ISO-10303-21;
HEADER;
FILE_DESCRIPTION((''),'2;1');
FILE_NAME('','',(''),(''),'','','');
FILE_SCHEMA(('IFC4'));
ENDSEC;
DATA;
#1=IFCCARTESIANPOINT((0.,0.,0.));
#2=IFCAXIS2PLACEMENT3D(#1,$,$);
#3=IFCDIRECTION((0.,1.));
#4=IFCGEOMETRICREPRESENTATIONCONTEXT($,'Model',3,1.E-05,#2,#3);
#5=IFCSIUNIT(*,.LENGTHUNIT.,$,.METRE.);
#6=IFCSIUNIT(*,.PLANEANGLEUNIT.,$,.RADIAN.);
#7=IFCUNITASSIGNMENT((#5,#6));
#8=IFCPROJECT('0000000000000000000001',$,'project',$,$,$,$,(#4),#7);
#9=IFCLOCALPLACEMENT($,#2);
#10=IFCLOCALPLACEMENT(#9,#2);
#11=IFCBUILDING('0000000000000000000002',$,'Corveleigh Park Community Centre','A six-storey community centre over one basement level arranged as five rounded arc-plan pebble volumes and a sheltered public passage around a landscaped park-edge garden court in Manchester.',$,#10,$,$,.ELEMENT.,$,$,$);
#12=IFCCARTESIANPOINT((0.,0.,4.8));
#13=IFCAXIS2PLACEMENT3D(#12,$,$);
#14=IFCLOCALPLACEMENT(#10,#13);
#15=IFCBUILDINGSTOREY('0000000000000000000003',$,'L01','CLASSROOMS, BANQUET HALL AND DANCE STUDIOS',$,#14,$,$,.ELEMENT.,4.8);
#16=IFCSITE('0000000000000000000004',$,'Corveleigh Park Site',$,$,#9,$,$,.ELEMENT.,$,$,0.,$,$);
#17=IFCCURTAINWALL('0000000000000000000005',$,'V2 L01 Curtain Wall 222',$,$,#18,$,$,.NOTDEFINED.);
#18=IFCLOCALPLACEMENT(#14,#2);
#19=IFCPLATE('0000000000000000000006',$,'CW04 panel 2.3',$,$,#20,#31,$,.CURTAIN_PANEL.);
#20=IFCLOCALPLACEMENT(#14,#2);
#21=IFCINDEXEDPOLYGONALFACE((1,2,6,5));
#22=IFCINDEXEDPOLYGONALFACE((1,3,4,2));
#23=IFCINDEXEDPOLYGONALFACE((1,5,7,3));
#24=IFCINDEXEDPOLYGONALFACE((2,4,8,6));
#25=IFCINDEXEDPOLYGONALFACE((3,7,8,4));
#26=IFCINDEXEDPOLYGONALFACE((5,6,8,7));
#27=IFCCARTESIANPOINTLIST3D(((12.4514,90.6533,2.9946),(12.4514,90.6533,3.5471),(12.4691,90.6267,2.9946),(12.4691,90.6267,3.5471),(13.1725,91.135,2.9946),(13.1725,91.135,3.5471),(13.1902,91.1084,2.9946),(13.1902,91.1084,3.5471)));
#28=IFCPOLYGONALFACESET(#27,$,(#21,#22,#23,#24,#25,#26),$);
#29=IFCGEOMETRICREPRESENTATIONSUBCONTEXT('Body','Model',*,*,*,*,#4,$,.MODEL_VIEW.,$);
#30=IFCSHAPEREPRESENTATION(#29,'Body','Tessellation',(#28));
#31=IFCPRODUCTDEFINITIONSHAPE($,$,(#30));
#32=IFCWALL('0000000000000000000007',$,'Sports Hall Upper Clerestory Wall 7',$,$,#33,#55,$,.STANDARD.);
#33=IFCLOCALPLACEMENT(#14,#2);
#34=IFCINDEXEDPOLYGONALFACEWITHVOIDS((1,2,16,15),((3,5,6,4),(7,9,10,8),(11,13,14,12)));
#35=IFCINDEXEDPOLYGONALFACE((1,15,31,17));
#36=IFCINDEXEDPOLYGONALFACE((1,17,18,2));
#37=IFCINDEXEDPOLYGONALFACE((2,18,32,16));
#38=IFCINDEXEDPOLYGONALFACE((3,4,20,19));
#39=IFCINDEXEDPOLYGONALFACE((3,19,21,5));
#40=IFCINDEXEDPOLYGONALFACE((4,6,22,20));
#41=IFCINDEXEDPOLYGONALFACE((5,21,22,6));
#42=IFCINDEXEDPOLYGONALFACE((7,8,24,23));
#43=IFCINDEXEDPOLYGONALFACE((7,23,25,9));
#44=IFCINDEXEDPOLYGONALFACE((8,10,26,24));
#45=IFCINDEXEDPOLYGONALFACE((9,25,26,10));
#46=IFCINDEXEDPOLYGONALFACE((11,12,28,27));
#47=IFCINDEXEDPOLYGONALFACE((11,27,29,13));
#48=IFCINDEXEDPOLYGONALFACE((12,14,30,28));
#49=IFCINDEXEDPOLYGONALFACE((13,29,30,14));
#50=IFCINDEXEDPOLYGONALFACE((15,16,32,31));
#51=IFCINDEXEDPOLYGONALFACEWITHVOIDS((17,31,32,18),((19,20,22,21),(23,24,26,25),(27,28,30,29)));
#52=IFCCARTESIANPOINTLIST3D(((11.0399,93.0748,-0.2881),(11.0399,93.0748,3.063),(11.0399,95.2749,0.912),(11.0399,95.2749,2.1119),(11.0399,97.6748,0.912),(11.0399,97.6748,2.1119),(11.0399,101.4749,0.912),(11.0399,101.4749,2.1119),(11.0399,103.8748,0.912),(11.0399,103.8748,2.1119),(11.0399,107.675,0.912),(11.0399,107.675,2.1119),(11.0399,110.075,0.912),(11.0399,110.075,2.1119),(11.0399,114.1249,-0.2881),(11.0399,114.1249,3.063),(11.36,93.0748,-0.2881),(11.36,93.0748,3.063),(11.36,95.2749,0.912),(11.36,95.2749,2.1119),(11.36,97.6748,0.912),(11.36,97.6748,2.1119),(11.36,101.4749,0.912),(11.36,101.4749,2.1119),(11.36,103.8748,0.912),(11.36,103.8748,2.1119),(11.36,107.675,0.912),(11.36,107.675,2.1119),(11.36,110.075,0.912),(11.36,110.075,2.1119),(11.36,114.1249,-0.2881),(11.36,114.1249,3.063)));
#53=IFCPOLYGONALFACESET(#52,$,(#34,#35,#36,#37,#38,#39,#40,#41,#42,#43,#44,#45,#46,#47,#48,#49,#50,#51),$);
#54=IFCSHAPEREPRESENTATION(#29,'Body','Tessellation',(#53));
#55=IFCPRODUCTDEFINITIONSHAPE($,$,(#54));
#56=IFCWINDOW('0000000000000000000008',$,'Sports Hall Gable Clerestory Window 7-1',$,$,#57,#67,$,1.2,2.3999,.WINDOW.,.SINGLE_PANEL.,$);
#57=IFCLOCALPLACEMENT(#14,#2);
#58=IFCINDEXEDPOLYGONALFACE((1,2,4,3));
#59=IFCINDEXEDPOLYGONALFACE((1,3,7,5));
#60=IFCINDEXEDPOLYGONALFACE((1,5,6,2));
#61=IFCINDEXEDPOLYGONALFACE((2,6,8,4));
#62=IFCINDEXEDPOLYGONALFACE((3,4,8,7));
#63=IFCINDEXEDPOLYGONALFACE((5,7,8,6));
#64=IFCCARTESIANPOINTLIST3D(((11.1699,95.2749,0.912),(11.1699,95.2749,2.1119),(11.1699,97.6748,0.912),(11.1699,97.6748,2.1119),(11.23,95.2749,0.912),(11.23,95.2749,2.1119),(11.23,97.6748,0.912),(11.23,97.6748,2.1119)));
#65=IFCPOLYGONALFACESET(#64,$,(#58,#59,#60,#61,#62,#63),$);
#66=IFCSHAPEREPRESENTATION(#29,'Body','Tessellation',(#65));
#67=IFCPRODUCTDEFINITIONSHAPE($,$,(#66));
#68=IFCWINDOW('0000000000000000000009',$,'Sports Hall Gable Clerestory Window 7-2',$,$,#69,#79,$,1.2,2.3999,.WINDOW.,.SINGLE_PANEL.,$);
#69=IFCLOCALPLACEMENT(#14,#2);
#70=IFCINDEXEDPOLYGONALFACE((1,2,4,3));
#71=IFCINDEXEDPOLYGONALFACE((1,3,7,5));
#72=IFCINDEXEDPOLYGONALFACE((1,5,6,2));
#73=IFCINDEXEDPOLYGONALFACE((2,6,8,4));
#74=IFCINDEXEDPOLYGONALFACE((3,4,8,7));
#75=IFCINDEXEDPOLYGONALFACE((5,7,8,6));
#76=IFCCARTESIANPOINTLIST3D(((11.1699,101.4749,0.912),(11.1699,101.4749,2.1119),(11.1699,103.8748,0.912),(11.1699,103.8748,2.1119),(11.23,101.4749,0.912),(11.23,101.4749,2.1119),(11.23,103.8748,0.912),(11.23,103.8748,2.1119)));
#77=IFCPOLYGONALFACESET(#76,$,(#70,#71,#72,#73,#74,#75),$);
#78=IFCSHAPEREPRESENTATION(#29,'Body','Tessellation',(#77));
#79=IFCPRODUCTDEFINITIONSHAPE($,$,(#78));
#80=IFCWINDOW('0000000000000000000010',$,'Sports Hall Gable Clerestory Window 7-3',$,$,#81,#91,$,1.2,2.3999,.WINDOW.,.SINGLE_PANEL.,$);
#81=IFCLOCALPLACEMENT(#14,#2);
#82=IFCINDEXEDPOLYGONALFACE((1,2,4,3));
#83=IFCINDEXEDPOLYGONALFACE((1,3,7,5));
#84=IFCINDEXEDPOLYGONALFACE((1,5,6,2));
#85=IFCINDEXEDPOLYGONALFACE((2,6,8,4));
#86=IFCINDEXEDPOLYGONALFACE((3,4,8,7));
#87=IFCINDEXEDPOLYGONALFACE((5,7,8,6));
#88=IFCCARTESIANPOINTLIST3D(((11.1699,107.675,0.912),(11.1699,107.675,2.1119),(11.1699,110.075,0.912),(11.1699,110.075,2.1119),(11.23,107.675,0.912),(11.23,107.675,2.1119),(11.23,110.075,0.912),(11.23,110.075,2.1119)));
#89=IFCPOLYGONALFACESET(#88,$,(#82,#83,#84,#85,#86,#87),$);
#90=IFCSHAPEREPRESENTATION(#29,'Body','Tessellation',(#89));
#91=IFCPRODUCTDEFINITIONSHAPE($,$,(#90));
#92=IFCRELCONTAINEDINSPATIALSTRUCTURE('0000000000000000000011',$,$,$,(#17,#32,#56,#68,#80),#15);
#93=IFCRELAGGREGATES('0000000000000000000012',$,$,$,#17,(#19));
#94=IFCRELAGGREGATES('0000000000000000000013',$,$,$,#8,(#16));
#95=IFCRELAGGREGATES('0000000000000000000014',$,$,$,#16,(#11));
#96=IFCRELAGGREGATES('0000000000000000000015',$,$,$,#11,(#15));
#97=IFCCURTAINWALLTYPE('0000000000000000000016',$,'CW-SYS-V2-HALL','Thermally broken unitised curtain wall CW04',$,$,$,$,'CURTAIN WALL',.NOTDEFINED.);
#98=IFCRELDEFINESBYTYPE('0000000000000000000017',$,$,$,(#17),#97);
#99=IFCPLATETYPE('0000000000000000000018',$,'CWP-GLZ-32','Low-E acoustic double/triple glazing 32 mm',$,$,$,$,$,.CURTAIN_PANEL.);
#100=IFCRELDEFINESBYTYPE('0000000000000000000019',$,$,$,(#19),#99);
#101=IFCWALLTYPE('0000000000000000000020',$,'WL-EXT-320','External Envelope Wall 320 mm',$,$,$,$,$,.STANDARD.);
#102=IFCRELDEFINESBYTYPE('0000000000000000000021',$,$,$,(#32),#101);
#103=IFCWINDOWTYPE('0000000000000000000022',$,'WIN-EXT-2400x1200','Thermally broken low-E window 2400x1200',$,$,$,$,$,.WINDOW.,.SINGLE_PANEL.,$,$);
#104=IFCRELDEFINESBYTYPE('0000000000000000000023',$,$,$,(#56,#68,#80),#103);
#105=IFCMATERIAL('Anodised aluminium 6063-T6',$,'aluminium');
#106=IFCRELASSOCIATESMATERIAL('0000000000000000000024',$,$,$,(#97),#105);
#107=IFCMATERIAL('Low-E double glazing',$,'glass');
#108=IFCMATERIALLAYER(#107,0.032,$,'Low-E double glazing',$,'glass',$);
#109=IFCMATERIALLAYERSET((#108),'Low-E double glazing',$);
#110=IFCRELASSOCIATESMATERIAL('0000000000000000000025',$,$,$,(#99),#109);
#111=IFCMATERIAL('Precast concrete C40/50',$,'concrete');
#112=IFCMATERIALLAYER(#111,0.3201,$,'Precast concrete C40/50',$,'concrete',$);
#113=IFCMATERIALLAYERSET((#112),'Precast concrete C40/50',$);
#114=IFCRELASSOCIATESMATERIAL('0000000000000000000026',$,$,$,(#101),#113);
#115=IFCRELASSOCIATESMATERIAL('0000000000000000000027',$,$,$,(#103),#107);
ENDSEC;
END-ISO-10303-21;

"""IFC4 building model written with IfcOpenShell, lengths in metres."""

from ifc_helpers import new_model, si_unit, direction, frame, frame_2d, origin, origin_2d, place, context, subcontext, project, spatial, rectangle, extrude, material, layer, layer_set, type_object, element, fill, aggregate, save


model = new_model("IFC4")

# Units and contexts
model_context = context("Model", 3, precision=1e-05, world=origin(), true_north=direction((0.0, 1.0)))
body_context = subcontext(model_context, "Body", "Model", "MODEL_VIEW")
ifc_project = project(units=[si_unit("LENGTHUNIT", "METRE"), si_unit("PLANEANGLEUNIT", "RADIAN")], contexts=[model_context])

# Site, building, storey
site_placement = place(None, origin())
site = spatial("IfcSite", under=ifc_project, at=site_placement, Name="Corveleigh Park Site", CompositionType="ELEMENT", RefElevation=0.0)
building_placement = place(site_placement, origin())
building = spatial("IfcBuilding", under=site, at=building_placement, Name="Corveleigh Park Community Centre", Description="A six-storey community centre over one basement level arranged as five rounded arc-plan pebble volumes and a sheltered public passage around a landscaped park-edge garden court in Manchester.", CompositionType="ELEMENT")
storey_placement = place(building_placement, frame((0.0, 0.0, 4.8)))
storey = spatial("IfcBuildingStorey", under=building, at=storey_placement, Name="L01", Description="CLASSROOMS, BANQUET HALL AND DANCE STUDIOS", CompositionType="ELEMENT", Elevation=4.8)

# Shared definitions
ifc_material_1 = material(Name="Anodised aluminium 6063-T6", Category="aluminium")
curtain_wall_type = type_object("IfcCurtainWallType", Name="CW-SYS-V2-HALL", Description="Thermally broken unitised curtain wall CW04", ElementType="CURTAIN WALL", PredefinedType="NOTDEFINED", material=ifc_material_1)

# Curtain wall
curtain_wall_1_placement = place(storey_placement, origin())
curtain_wall_1 = element("IfcCurtainWall", 1, at=curtain_wall_1_placement, inside=storey, type_object=curtain_wall_type, Name="V2 L01 Curtain Wall 222", PredefinedType="NOTDEFINED")

# Plate
ifc_material_2 = material(Name="Low-E double glazing", Category="glass")
ifc_layer_1 = layer(ifc_material_2, 0.032, Name="Low-E double glazing", Category="glass")
ifc_layer_set_1 = layer_set([ifc_layer_1], Name="Low-E double glazing")
plate_type = type_object("IfcPlateType", Name="CWP-GLZ-32", Description="Low-E acoustic double/triple glazing 32 mm", PredefinedType="CURTAIN_PANEL", material=ifc_layer_set_1)
plate_1_placement = place(storey_placement, frame((12.8208, 90.8809, 2.9946), z_axis=(0.0, 0.0, 1.0), x_axis=(0.831509, 0.555512, 0.0)))
plate_1 = element("IfcPlate", 2, at=plate_1_placement, type_object=plate_type, Name="CW04 panel 2.3", PredefinedType="CURTAIN_PANEL", context=body_context, shape_type="SweptSolid", body=[
    extrude(rectangle(XDim=0.8672, YDim=0.032, at=origin_2d()), origin(), (0.0, 0.0, 1.0), 0.5525),
])
aggregate(curtain_wall_1, [plate_1])

# Wall, openings, windows
ifc_material_3 = material(Name="Precast concrete C40/50", Category="concrete")
ifc_layer_2 = layer(ifc_material_3, 0.3201, Name="Precast concrete C40/50", Category="concrete")
ifc_layer_set_2 = layer_set([ifc_layer_2], Name="Precast concrete C40/50")
wall_type = type_object("IfcWallType", Name="WL-EXT-320", Description="External Envelope Wall 320 mm", PredefinedType="STANDARD", material=ifc_layer_set_2)
wall_placement = place(storey_placement, frame((11.2, 93.075, -0.2881), z_axis=(0.0, 0.0, 1.0), x_axis=(0.0, 1.0, 0.0)))
wall = element("IfcWall", 3, at=wall_placement, inside=storey, type_object=wall_type, Name="Sports Hall Upper Clerestory Wall 7", PredefinedType="STANDARD", context=body_context, shape_type="SweptSolid", body=[
    extrude(rectangle(XDim=21.05, YDim=0.3201, at=frame_2d((10.5249, 0.0))), origin(), (0.0, 0.0, 1.0), 3.3511),
])
opening_1_placement = place(wall_placement, frame((2.2, 0.0, 1.2)))
opening_1 = element("IfcOpeningElement", 4, at=opening_1_placement, cuts=wall, PredefinedType="OPENING", context=body_context, shape_type="SweptSolid", body=[
    extrude(rectangle(XDim=2.3999, YDim=1.2, at=frame_2d((1.2, 0.6001))), frame((0.0, 0.1699, 0.0), z_axis=(0.0, -1.0, 0.0), x_axis=(1.0, 0.0, 0.0)), (0.0, 0.0, 1.0), 0.3401),
])
opening_2_placement = place(wall_placement, frame((8.3999, 0.0, 1.2)))
opening_2 = element("IfcOpeningElement", 5, at=opening_2_placement, cuts=wall, PredefinedType="OPENING", context=body_context, shape_type="SweptSolid", body=[
    extrude(rectangle(XDim=2.3999, YDim=1.2, at=frame_2d((1.2, 0.6001))), frame((0.0, 0.1699, 0.0), z_axis=(0.0, -1.0, 0.0), x_axis=(1.0, 0.0, 0.0)), (0.0, 0.0, 1.0), 0.3401),
])
opening_3_placement = place(wall_placement, frame((14.6001, 0.0, 1.2)))
opening_3 = element("IfcOpeningElement", 6, at=opening_3_placement, cuts=wall, PredefinedType="OPENING", context=body_context, shape_type="SweptSolid", body=[
    extrude(rectangle(XDim=2.3999, YDim=1.2, at=frame_2d((1.2, 0.6001))), frame((0.0, 0.1699, 0.0), z_axis=(0.0, -1.0, 0.0), x_axis=(1.0, 0.0, 0.0)), (0.0, 0.0, 1.0), 0.3401),
])
window_type = type_object("IfcWindowType", Name="WIN-EXT-2400x1200", Description="Thermally broken low-E window 2400x1200", PartitioningType="SINGLE_PANEL", PredefinedType="WINDOW", material=ifc_material_2)
window_1_placement = place(opening_1_placement, origin())
window_1 = element("IfcWindow", 7, at=window_1_placement, inside=storey, type_object=window_type, Name="Sports Hall Gable Clerestory Window 7-1", OverallHeight=1.2, OverallWidth=2.3999, PartitioningType="SINGLE_PANEL", PredefinedType="WINDOW", context=body_context, shape_type="SweptSolid", body=[
    extrude(rectangle(XDim=2.3999, YDim=1.2, at=frame_2d((1.2, 0.6001))), frame((0.0, 0.03, 0.0), z_axis=(0.0, -1.0, 0.0), x_axis=(1.0, 0.0, 0.0)), (0.0, 0.0, 1.0), 0.0601),
])
fill(opening_1, window_1)
window_2_placement = place(opening_2_placement, origin())
window_2 = element("IfcWindow", 8, at=window_2_placement, inside=storey, type_object=window_type, Name="Sports Hall Gable Clerestory Window 7-2", OverallHeight=1.2, OverallWidth=2.3999, PartitioningType="SINGLE_PANEL", PredefinedType="WINDOW", context=body_context, shape_type="SweptSolid", body=[
    extrude(rectangle(XDim=2.3999, YDim=1.2, at=frame_2d((1.2, 0.6001))), frame((0.0, 0.03, 0.0), z_axis=(0.0, -1.0, 0.0), x_axis=(1.0, 0.0, 0.0)), (0.0, 0.0, 1.0), 0.0601),
])
fill(opening_2, window_2)
window_3_placement = place(opening_3_placement, origin())
window_3 = element("IfcWindow", 9, at=window_3_placement, inside=storey, type_object=window_type, Name="Sports Hall Gable Clerestory Window 7-3", OverallHeight=1.2, OverallWidth=2.3999, PartitioningType="SINGLE_PANEL", PredefinedType="WINDOW", context=body_context, shape_type="SweptSolid", body=[
    extrude(rectangle(XDim=2.3999, YDim=1.2, at=frame_2d((1.2, 0.6001))), frame((0.0, 0.03, 0.0), z_axis=(0.0, -1.0, 0.0), x_axis=(1.0, 0.0, 0.0)), (0.0, 0.0, 1.0), 0.0601),
])
fill(opening_3, window_3)

save(model, "model.ifc")
